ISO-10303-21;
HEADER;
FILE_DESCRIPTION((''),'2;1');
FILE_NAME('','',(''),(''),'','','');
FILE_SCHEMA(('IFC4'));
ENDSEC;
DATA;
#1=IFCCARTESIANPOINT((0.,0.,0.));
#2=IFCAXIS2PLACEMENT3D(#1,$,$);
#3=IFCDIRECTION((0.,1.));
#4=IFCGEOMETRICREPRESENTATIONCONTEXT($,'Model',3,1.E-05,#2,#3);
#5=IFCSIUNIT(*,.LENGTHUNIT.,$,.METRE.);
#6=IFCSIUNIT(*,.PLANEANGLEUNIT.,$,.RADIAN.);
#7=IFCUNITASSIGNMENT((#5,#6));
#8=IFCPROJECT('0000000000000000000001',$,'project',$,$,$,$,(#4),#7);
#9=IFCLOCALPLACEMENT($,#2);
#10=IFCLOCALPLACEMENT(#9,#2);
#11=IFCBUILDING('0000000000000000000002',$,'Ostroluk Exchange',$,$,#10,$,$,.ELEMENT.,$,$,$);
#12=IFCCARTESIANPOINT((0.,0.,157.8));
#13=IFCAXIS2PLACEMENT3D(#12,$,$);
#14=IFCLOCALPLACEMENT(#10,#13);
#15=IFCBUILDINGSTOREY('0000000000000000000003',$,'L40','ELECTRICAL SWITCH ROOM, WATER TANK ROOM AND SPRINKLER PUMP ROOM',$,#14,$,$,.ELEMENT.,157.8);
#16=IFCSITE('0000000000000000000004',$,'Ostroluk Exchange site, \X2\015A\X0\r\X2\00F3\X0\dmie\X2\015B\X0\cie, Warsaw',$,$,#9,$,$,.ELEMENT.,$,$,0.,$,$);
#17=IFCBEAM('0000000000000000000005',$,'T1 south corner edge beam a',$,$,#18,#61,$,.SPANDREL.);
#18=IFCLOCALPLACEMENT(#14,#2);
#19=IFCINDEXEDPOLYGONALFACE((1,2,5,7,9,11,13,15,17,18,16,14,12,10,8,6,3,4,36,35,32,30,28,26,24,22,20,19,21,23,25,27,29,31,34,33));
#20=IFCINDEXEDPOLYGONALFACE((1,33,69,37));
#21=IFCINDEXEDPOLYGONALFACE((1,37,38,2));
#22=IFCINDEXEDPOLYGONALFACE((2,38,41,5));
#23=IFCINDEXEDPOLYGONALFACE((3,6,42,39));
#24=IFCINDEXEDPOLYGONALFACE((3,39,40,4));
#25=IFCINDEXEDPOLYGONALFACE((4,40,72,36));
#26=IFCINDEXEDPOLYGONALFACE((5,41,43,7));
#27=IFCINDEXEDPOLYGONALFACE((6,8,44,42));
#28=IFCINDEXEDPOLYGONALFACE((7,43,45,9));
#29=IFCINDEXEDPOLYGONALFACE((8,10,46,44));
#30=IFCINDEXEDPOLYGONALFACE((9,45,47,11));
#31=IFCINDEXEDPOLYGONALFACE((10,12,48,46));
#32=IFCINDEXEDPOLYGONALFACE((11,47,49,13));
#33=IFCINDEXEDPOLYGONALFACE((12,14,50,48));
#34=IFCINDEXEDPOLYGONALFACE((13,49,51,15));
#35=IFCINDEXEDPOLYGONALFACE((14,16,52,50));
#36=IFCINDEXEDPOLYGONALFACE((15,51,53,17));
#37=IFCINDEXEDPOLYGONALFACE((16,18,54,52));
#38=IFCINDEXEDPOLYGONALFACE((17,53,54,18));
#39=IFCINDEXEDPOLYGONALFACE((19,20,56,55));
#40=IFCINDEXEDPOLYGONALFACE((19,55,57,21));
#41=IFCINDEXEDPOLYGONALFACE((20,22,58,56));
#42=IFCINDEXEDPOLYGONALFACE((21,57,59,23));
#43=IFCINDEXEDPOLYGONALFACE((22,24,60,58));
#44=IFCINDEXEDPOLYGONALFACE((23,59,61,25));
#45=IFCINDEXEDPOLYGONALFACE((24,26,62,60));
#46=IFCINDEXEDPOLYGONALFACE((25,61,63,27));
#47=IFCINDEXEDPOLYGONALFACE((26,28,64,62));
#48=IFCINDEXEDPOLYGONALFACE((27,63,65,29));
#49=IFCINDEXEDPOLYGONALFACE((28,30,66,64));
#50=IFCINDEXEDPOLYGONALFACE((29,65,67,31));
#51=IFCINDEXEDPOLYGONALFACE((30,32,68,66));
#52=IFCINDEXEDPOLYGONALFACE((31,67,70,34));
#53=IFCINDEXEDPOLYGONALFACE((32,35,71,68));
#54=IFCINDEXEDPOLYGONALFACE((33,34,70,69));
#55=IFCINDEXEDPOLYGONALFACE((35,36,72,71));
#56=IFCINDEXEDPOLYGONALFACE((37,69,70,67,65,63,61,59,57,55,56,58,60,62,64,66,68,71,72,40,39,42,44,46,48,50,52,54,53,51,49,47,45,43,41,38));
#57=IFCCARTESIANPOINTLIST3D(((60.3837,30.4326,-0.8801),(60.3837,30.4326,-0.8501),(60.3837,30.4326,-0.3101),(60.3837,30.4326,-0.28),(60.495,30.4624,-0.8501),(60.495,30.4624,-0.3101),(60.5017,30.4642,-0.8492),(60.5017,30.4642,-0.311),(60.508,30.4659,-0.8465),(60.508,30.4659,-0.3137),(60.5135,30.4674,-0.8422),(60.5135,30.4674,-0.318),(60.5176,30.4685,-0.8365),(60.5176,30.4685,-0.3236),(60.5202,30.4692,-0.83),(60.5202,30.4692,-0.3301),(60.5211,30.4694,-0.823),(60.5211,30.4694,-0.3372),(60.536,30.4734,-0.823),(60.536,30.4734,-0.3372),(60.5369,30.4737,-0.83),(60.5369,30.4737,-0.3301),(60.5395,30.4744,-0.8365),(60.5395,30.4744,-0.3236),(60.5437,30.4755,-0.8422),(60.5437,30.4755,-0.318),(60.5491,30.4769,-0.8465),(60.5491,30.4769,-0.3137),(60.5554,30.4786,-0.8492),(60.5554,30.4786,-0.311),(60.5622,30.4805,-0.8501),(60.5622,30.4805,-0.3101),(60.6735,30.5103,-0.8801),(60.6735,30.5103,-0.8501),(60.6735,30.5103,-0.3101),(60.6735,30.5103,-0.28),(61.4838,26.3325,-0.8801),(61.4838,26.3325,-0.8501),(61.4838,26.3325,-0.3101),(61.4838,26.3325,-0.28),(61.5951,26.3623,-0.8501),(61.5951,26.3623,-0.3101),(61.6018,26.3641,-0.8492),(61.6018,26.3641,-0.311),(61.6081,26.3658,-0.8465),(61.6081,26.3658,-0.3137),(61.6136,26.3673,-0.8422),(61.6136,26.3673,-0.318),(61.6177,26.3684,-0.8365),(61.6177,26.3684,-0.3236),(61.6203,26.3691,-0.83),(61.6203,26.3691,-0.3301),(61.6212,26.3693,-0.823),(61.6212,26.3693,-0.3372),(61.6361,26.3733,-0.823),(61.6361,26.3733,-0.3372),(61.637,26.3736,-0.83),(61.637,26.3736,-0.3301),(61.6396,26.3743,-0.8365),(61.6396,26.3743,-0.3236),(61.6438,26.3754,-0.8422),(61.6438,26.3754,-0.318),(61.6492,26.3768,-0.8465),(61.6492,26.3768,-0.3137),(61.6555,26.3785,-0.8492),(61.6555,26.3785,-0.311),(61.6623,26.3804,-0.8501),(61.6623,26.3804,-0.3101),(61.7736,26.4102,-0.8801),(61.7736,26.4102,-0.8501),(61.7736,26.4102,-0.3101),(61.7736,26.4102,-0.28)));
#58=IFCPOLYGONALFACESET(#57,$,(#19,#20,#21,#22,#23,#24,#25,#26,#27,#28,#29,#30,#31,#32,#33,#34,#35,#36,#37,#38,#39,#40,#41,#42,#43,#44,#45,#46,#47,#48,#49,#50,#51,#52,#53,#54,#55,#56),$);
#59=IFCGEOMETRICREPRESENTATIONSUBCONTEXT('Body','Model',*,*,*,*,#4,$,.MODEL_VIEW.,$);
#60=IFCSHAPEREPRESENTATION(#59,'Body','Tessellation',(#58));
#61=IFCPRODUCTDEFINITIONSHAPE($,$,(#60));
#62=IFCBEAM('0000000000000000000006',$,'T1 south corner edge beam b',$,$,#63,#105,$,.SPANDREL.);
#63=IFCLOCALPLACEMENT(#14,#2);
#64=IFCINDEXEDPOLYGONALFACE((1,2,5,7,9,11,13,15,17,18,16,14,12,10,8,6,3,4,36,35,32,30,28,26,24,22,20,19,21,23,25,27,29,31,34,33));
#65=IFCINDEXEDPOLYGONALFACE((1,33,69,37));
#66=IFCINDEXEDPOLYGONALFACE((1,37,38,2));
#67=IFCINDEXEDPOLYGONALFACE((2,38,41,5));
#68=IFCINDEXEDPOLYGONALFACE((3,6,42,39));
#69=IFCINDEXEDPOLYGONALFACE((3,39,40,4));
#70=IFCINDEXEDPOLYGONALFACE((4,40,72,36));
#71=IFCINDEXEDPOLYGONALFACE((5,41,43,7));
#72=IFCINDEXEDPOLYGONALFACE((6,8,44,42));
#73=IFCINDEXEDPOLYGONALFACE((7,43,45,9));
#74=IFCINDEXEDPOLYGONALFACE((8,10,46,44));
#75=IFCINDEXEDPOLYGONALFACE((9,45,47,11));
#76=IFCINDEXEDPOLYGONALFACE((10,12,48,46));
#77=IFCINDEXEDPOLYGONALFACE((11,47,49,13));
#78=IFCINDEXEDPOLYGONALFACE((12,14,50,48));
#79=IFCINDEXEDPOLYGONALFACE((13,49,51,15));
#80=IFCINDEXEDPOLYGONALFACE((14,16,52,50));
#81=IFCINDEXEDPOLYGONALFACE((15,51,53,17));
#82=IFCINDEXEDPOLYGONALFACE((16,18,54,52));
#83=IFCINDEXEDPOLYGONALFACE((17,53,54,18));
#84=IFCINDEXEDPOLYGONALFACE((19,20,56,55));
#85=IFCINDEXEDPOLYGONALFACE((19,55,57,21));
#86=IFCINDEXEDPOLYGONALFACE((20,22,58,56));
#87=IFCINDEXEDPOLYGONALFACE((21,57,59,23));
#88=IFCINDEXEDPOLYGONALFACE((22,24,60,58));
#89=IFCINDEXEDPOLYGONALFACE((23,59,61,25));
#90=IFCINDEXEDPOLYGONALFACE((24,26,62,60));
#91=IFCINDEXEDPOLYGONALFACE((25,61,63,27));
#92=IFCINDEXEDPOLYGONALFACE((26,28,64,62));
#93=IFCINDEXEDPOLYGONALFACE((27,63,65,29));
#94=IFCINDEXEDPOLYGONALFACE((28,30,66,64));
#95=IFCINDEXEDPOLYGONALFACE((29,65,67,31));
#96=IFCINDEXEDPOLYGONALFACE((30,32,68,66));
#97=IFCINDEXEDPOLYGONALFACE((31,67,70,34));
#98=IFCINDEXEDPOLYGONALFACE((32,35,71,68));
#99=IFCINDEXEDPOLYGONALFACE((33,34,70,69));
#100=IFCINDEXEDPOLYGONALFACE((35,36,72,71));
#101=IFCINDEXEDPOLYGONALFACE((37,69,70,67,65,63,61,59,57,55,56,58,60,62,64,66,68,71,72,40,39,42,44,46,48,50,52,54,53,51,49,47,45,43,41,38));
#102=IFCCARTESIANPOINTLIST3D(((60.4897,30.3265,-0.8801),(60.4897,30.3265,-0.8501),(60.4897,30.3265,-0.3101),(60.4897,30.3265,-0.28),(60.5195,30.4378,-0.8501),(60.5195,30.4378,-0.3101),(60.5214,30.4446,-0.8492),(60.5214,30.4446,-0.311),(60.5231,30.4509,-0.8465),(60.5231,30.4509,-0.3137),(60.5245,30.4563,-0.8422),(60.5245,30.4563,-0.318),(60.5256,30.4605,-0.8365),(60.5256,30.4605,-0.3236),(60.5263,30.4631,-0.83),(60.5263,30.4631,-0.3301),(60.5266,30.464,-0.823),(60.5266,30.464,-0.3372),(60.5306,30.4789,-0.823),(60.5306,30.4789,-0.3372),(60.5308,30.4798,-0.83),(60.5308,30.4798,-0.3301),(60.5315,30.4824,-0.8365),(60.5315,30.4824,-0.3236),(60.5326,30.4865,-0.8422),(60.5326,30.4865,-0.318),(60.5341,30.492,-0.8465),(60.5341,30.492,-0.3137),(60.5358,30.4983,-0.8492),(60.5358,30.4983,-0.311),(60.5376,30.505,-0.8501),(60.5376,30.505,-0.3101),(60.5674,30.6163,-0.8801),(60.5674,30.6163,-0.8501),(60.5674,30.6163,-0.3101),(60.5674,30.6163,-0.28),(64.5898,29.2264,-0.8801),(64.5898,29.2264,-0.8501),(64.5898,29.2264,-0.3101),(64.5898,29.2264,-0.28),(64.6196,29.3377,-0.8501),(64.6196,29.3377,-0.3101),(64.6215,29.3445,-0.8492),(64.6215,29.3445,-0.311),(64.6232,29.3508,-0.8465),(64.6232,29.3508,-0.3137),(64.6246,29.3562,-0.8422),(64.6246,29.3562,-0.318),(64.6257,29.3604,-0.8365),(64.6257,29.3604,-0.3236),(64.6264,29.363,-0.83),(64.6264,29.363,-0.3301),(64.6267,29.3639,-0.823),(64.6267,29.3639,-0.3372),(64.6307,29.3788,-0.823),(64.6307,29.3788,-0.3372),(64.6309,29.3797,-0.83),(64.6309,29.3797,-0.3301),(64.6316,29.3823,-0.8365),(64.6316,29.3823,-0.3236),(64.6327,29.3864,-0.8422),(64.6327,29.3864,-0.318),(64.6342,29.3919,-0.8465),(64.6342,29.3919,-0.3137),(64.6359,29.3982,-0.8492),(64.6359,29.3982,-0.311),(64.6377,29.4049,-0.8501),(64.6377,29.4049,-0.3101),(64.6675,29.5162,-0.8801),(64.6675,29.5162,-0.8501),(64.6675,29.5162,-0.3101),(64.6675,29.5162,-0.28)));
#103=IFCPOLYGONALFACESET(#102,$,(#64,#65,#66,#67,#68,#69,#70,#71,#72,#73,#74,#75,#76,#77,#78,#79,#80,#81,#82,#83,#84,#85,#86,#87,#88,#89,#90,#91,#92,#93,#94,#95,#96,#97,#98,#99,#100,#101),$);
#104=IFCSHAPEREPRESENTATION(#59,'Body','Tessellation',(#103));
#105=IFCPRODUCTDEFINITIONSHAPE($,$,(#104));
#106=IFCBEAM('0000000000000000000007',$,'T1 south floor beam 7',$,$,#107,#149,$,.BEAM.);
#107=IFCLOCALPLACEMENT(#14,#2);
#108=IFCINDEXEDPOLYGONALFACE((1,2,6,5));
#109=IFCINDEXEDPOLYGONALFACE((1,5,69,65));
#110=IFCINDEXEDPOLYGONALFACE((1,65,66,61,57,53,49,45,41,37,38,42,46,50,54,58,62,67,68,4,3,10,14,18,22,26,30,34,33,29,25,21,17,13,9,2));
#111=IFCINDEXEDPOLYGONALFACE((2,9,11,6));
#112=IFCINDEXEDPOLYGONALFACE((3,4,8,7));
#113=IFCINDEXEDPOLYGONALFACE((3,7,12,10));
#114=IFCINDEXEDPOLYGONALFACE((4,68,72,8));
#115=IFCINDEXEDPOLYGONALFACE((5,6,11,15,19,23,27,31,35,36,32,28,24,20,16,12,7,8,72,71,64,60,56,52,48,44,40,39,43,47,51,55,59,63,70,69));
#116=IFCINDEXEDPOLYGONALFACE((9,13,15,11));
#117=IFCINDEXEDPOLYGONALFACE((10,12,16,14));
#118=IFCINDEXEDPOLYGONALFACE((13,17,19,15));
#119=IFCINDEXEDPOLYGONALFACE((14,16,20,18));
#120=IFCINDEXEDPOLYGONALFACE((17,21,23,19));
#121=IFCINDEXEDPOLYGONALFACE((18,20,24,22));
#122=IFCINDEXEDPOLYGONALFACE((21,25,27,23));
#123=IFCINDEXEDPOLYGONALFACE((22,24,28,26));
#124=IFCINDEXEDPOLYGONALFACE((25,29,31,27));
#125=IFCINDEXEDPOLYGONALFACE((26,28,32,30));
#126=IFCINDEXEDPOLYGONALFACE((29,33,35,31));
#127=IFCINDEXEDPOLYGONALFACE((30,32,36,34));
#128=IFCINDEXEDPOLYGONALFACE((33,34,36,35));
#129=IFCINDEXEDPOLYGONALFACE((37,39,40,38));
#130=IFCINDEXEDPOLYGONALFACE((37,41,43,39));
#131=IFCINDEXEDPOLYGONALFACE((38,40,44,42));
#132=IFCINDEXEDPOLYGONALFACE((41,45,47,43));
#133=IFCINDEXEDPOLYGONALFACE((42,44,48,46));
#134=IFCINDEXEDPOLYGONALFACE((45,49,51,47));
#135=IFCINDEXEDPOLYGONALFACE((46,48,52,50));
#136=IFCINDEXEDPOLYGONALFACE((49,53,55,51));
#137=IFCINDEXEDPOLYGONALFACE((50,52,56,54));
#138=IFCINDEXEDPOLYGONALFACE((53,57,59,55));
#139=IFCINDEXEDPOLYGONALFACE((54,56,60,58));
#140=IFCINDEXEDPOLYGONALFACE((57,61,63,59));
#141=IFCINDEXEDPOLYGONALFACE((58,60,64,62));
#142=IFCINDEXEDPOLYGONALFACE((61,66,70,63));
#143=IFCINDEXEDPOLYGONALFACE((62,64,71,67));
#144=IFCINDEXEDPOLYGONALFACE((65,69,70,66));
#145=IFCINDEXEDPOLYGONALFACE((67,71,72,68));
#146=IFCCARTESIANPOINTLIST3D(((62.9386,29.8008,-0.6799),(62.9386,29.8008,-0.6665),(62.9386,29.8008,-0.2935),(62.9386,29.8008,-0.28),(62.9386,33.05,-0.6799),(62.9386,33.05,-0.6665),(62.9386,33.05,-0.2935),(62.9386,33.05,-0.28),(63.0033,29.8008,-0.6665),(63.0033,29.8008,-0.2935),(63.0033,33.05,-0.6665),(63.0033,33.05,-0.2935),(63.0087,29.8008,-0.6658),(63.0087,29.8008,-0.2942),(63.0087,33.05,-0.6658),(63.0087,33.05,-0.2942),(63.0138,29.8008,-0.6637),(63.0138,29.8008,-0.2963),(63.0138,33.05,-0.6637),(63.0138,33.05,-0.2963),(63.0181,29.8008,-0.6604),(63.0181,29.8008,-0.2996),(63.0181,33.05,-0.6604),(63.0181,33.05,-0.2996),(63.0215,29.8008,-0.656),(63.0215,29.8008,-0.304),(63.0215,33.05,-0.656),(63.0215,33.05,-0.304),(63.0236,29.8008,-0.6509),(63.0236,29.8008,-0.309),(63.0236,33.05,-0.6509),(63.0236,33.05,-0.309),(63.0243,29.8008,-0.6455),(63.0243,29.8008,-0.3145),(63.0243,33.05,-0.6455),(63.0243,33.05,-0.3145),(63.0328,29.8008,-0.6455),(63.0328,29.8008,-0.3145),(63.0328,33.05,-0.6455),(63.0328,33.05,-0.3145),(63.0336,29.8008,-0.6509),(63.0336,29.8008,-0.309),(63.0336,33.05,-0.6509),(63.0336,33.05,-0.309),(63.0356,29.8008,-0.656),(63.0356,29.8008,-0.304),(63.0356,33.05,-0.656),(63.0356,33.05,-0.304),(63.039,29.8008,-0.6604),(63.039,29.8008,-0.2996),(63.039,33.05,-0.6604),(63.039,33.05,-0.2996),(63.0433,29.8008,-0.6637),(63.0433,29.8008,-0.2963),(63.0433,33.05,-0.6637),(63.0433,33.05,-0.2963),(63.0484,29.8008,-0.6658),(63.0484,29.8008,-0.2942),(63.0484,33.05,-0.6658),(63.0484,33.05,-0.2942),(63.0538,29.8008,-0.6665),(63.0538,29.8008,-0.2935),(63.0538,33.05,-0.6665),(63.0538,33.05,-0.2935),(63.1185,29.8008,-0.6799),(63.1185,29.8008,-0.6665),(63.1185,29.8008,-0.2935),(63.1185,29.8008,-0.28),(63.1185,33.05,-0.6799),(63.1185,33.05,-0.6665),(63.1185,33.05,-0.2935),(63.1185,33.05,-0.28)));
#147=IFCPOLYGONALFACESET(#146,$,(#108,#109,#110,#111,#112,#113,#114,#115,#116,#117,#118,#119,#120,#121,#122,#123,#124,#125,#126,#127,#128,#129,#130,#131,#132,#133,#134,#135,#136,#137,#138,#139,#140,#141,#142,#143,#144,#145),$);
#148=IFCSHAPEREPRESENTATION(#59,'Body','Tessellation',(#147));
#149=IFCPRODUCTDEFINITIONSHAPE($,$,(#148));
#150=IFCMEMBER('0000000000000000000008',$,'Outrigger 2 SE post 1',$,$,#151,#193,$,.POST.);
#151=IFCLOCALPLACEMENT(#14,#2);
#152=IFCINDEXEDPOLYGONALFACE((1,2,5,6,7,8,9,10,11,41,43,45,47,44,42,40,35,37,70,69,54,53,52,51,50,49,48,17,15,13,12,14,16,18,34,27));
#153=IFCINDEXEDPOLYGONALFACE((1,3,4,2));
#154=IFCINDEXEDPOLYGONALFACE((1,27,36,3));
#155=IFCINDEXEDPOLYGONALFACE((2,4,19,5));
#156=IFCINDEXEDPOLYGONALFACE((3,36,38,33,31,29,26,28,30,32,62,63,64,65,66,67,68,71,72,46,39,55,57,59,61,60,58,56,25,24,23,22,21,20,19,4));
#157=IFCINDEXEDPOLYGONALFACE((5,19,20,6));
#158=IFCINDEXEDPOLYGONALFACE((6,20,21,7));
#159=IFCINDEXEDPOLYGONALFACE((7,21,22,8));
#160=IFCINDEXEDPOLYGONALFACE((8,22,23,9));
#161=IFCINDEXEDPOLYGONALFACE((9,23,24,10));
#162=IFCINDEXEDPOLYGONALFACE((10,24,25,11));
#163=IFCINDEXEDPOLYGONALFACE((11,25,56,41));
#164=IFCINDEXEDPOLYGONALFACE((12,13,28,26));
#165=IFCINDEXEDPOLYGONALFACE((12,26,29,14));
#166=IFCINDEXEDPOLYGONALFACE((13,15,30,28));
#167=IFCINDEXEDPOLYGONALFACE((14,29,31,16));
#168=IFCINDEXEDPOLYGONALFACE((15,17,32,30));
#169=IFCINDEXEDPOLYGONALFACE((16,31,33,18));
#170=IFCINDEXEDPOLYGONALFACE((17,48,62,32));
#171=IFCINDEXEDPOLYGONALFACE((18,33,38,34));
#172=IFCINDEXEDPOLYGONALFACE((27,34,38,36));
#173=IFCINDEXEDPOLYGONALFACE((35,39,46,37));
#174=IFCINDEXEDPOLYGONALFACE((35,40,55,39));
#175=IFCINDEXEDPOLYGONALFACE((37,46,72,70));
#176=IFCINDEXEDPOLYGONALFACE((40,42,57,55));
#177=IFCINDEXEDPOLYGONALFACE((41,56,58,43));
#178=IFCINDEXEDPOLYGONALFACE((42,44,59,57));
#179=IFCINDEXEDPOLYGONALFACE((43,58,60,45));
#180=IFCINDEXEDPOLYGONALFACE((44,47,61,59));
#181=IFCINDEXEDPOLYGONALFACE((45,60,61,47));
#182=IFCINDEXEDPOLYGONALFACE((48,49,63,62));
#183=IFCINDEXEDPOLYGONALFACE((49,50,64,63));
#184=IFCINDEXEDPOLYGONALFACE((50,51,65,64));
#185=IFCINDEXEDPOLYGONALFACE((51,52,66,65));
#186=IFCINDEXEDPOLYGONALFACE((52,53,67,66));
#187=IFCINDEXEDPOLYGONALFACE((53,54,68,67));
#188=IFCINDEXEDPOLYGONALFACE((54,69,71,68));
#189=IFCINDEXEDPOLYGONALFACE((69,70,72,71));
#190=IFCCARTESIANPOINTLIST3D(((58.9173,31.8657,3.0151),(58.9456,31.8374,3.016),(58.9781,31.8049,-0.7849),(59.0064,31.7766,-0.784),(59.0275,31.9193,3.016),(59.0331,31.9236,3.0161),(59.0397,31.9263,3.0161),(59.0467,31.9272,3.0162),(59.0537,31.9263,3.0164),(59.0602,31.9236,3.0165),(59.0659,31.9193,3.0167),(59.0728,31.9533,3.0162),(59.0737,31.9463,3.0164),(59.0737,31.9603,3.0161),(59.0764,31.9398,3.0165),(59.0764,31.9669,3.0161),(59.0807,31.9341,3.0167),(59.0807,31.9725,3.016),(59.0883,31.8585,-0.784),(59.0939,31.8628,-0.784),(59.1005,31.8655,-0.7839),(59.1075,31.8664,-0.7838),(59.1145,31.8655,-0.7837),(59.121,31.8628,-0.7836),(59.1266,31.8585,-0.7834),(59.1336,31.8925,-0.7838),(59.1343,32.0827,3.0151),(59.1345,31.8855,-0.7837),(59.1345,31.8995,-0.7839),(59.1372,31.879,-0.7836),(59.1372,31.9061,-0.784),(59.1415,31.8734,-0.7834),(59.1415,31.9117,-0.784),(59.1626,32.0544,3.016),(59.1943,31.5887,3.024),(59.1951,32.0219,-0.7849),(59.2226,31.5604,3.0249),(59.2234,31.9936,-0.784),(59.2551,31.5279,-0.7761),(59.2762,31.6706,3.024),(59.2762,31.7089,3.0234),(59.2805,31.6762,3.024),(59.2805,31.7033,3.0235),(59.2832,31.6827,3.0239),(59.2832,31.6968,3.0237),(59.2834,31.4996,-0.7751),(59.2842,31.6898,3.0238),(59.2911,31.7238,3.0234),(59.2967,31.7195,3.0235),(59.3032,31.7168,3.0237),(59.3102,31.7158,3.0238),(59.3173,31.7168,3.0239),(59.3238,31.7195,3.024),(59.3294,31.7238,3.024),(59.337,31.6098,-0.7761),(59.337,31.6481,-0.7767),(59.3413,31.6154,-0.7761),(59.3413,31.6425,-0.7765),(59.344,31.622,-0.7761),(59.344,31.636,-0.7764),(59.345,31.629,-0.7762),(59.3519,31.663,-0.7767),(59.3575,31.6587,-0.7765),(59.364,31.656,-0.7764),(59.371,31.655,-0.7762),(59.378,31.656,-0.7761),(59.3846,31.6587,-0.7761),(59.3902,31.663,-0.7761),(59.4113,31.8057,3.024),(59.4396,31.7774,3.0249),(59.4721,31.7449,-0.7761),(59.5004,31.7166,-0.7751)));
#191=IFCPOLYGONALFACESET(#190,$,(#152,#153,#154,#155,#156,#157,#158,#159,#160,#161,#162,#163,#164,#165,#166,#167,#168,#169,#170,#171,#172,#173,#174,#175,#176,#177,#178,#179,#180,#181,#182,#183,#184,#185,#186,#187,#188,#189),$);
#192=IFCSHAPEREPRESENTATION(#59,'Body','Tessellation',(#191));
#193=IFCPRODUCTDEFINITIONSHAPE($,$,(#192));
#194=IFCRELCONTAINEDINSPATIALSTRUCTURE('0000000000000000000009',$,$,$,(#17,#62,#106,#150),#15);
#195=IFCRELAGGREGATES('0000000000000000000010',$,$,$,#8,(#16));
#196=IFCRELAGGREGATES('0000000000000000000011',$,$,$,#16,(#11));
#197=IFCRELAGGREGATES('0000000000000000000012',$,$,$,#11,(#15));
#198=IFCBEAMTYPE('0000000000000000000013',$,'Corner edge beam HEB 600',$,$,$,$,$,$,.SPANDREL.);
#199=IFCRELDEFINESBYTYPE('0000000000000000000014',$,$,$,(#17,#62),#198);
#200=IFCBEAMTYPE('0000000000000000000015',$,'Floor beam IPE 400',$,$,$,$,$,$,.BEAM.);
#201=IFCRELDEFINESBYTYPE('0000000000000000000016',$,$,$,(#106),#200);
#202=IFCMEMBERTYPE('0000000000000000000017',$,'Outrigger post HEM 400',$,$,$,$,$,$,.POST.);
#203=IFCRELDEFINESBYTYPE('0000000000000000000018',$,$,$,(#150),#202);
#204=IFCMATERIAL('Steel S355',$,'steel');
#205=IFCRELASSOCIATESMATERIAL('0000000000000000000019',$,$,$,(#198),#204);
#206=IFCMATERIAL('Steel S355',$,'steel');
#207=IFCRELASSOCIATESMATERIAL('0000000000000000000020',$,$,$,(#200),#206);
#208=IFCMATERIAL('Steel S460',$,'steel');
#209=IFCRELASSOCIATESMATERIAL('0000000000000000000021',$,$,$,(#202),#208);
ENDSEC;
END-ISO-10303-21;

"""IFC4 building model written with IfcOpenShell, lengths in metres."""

from ifc_helpers import new_model, si_unit, direction, frame, origin, origin_2d, place, context, subcontext, project, spatial, i_section, extrude, material, material_profile, profile_set, type_object, element, save


model = new_model("IFC4")

# Units and contexts
model_context = context("Model", 3, precision=1e-05, world=origin(), true_north=direction((0.0, 1.0)))
body_context = subcontext(model_context, "Body", "Model", "MODEL_VIEW")
ifc_project = project(units=[si_unit("LENGTHUNIT", "METRE"), si_unit("PLANEANGLEUNIT", "RADIAN")], contexts=[model_context])

# Site, building, storey
site_placement = place(None, origin())
site = spatial("IfcSite", under=ifc_project, at=site_placement, Name="Ostroluk Exchange site, Śródmieście, Warsaw", CompositionType="ELEMENT", RefElevation=0.0)
building_placement = place(site_placement, origin())
building = spatial("IfcBuilding", under=site, at=building_placement, Name="Ostroluk Exchange", CompositionType="ELEMENT")
storey_placement = place(building_placement, frame((0.0, 0.0, 157.8)))
storey = spatial("IfcBuildingStorey", under=building, at=storey_placement, Name="L40", Description="ELECTRICAL SWITCH ROOM, WATER TANK ROOM AND SPRINKLER PUMP ROOM", CompositionType="ELEMENT", Elevation=157.8)

# Beams
ifc_material_1 = material(Name="Steel S355", Category="steel")
ifc_material_profile_1 = material_profile(ifc_material_1, i_section(OverallWidth=0.3, OverallDepth=0.6001, WebThickness=0.0154, FlangeThickness=0.03, FilletRadius=0.0271, at=origin_2d()), Name="HEB 600")
ifc_profile_set_1 = profile_set([ifc_material_profile_1], Name="Steel S355")
beam_type_1 = type_object("IfcBeamType", Name="Corner edge beam HEB 600", PredefinedType="SPANDREL", material=ifc_profile_set_1)
for number, where, z_axis, x_axis, name in (
    (1, (60.5286, 30.4714, -0.5801), (0.259144, -0.965839, 0.0), (0.965839, 0.259144, 0.0), "T1 south corner edge beam a"),
    (2, (60.5286, 30.4714, -0.5801), (0.965839, -0.259144, 0.0), (0.259144, 0.965839, 0.0), "T1 south corner edge beam b"),
):
    element("IfcBeam", number, at=place(storey_placement, frame(where, z_axis=z_axis, x_axis=x_axis)), inside=storey, type_object=beam_type_1, Name=name, PredefinedType="SPANDREL", context=body_context, shape_type="SweptSolid", body=[
        extrude(i_section(OverallWidth=0.3, OverallDepth=0.6001, WebThickness=0.0154, FlangeThickness=0.03, FilletRadius=0.0271, at=origin_2d()), origin(), (0.0, 0.0, 1.0), 4.2451),
    ])
ifc_material_2 = material(Name="Steel S355", Category="steel")
ifc_material_profile_2 = material_profile(ifc_material_2, i_section(OverallWidth=0.1799, OverallDepth=0.3999, WebThickness=0.0085, FlangeThickness=0.0134, FilletRadius=0.021, at=origin_2d()), Name="IPE 400")
ifc_profile_set_2 = profile_set([ifc_material_profile_2], Name="Steel S355")
beam_type_2 = type_object("IfcBeamType", Name="Floor beam IPE 400", PredefinedType="BEAM", material=ifc_profile_set_2)
beam_1_placement = place(storey_placement, frame((63.0286, 33.05, -0.48), z_axis=(0.0, -1.0, 0.0), x_axis=(1.0, 0.0, 0.0)))
element("IfcBeam", 3, at=beam_1_placement, inside=storey, type_object=beam_type_2, Name="T1 south floor beam 7", PredefinedType="BEAM", context=body_context, shape_type="SweptSolid", body=[
    extrude(i_section(OverallWidth=0.1799, OverallDepth=0.3999, WebThickness=0.0085, FlangeThickness=0.0134, FilletRadius=0.021, at=origin_2d()), origin(), (0.0, 0.0, 1.0), 3.2493),
])

# Member
ifc_material_3 = material(Name="Steel S460", Category="steel")
ifc_material_profile_3 = material_profile(ifc_material_3, i_section(OverallWidth=0.3069, OverallDepth=0.4319, WebThickness=0.021, FlangeThickness=0.04, FilletRadius=0.0271, at=origin_2d()), Name="HEM 400")
ifc_profile_set_3 = profile_set([ifc_material_profile_3], Name="Steel S460")
member_type_1 = type_object("IfcMemberType", Name="Outrigger post HEM 400", PredefinedType="POST", material=ifc_profile_set_3)
member_1_placement = place(storey_placement, frame((59.2393, 31.7607, -0.78), z_axis=(-0.015993, 0.015993, 0.999744), x_axis=(-0.707107, -0.707107, 0.0)))
element("IfcMember", 4, at=member_1_placement, inside=storey, type_object=member_type_1, Name="Outrigger 2 SE post 1", PredefinedType="POST", context=body_context, shape_type="SweptSolid", body=[
    extrude(i_section(OverallWidth=0.3069, OverallDepth=0.4319, WebThickness=0.021, FlangeThickness=0.04, FilletRadius=0.0271, at=origin_2d()), origin(), (0.0, 0.0, 1.0), 3.801),
])

save(model, "model.ifc")
